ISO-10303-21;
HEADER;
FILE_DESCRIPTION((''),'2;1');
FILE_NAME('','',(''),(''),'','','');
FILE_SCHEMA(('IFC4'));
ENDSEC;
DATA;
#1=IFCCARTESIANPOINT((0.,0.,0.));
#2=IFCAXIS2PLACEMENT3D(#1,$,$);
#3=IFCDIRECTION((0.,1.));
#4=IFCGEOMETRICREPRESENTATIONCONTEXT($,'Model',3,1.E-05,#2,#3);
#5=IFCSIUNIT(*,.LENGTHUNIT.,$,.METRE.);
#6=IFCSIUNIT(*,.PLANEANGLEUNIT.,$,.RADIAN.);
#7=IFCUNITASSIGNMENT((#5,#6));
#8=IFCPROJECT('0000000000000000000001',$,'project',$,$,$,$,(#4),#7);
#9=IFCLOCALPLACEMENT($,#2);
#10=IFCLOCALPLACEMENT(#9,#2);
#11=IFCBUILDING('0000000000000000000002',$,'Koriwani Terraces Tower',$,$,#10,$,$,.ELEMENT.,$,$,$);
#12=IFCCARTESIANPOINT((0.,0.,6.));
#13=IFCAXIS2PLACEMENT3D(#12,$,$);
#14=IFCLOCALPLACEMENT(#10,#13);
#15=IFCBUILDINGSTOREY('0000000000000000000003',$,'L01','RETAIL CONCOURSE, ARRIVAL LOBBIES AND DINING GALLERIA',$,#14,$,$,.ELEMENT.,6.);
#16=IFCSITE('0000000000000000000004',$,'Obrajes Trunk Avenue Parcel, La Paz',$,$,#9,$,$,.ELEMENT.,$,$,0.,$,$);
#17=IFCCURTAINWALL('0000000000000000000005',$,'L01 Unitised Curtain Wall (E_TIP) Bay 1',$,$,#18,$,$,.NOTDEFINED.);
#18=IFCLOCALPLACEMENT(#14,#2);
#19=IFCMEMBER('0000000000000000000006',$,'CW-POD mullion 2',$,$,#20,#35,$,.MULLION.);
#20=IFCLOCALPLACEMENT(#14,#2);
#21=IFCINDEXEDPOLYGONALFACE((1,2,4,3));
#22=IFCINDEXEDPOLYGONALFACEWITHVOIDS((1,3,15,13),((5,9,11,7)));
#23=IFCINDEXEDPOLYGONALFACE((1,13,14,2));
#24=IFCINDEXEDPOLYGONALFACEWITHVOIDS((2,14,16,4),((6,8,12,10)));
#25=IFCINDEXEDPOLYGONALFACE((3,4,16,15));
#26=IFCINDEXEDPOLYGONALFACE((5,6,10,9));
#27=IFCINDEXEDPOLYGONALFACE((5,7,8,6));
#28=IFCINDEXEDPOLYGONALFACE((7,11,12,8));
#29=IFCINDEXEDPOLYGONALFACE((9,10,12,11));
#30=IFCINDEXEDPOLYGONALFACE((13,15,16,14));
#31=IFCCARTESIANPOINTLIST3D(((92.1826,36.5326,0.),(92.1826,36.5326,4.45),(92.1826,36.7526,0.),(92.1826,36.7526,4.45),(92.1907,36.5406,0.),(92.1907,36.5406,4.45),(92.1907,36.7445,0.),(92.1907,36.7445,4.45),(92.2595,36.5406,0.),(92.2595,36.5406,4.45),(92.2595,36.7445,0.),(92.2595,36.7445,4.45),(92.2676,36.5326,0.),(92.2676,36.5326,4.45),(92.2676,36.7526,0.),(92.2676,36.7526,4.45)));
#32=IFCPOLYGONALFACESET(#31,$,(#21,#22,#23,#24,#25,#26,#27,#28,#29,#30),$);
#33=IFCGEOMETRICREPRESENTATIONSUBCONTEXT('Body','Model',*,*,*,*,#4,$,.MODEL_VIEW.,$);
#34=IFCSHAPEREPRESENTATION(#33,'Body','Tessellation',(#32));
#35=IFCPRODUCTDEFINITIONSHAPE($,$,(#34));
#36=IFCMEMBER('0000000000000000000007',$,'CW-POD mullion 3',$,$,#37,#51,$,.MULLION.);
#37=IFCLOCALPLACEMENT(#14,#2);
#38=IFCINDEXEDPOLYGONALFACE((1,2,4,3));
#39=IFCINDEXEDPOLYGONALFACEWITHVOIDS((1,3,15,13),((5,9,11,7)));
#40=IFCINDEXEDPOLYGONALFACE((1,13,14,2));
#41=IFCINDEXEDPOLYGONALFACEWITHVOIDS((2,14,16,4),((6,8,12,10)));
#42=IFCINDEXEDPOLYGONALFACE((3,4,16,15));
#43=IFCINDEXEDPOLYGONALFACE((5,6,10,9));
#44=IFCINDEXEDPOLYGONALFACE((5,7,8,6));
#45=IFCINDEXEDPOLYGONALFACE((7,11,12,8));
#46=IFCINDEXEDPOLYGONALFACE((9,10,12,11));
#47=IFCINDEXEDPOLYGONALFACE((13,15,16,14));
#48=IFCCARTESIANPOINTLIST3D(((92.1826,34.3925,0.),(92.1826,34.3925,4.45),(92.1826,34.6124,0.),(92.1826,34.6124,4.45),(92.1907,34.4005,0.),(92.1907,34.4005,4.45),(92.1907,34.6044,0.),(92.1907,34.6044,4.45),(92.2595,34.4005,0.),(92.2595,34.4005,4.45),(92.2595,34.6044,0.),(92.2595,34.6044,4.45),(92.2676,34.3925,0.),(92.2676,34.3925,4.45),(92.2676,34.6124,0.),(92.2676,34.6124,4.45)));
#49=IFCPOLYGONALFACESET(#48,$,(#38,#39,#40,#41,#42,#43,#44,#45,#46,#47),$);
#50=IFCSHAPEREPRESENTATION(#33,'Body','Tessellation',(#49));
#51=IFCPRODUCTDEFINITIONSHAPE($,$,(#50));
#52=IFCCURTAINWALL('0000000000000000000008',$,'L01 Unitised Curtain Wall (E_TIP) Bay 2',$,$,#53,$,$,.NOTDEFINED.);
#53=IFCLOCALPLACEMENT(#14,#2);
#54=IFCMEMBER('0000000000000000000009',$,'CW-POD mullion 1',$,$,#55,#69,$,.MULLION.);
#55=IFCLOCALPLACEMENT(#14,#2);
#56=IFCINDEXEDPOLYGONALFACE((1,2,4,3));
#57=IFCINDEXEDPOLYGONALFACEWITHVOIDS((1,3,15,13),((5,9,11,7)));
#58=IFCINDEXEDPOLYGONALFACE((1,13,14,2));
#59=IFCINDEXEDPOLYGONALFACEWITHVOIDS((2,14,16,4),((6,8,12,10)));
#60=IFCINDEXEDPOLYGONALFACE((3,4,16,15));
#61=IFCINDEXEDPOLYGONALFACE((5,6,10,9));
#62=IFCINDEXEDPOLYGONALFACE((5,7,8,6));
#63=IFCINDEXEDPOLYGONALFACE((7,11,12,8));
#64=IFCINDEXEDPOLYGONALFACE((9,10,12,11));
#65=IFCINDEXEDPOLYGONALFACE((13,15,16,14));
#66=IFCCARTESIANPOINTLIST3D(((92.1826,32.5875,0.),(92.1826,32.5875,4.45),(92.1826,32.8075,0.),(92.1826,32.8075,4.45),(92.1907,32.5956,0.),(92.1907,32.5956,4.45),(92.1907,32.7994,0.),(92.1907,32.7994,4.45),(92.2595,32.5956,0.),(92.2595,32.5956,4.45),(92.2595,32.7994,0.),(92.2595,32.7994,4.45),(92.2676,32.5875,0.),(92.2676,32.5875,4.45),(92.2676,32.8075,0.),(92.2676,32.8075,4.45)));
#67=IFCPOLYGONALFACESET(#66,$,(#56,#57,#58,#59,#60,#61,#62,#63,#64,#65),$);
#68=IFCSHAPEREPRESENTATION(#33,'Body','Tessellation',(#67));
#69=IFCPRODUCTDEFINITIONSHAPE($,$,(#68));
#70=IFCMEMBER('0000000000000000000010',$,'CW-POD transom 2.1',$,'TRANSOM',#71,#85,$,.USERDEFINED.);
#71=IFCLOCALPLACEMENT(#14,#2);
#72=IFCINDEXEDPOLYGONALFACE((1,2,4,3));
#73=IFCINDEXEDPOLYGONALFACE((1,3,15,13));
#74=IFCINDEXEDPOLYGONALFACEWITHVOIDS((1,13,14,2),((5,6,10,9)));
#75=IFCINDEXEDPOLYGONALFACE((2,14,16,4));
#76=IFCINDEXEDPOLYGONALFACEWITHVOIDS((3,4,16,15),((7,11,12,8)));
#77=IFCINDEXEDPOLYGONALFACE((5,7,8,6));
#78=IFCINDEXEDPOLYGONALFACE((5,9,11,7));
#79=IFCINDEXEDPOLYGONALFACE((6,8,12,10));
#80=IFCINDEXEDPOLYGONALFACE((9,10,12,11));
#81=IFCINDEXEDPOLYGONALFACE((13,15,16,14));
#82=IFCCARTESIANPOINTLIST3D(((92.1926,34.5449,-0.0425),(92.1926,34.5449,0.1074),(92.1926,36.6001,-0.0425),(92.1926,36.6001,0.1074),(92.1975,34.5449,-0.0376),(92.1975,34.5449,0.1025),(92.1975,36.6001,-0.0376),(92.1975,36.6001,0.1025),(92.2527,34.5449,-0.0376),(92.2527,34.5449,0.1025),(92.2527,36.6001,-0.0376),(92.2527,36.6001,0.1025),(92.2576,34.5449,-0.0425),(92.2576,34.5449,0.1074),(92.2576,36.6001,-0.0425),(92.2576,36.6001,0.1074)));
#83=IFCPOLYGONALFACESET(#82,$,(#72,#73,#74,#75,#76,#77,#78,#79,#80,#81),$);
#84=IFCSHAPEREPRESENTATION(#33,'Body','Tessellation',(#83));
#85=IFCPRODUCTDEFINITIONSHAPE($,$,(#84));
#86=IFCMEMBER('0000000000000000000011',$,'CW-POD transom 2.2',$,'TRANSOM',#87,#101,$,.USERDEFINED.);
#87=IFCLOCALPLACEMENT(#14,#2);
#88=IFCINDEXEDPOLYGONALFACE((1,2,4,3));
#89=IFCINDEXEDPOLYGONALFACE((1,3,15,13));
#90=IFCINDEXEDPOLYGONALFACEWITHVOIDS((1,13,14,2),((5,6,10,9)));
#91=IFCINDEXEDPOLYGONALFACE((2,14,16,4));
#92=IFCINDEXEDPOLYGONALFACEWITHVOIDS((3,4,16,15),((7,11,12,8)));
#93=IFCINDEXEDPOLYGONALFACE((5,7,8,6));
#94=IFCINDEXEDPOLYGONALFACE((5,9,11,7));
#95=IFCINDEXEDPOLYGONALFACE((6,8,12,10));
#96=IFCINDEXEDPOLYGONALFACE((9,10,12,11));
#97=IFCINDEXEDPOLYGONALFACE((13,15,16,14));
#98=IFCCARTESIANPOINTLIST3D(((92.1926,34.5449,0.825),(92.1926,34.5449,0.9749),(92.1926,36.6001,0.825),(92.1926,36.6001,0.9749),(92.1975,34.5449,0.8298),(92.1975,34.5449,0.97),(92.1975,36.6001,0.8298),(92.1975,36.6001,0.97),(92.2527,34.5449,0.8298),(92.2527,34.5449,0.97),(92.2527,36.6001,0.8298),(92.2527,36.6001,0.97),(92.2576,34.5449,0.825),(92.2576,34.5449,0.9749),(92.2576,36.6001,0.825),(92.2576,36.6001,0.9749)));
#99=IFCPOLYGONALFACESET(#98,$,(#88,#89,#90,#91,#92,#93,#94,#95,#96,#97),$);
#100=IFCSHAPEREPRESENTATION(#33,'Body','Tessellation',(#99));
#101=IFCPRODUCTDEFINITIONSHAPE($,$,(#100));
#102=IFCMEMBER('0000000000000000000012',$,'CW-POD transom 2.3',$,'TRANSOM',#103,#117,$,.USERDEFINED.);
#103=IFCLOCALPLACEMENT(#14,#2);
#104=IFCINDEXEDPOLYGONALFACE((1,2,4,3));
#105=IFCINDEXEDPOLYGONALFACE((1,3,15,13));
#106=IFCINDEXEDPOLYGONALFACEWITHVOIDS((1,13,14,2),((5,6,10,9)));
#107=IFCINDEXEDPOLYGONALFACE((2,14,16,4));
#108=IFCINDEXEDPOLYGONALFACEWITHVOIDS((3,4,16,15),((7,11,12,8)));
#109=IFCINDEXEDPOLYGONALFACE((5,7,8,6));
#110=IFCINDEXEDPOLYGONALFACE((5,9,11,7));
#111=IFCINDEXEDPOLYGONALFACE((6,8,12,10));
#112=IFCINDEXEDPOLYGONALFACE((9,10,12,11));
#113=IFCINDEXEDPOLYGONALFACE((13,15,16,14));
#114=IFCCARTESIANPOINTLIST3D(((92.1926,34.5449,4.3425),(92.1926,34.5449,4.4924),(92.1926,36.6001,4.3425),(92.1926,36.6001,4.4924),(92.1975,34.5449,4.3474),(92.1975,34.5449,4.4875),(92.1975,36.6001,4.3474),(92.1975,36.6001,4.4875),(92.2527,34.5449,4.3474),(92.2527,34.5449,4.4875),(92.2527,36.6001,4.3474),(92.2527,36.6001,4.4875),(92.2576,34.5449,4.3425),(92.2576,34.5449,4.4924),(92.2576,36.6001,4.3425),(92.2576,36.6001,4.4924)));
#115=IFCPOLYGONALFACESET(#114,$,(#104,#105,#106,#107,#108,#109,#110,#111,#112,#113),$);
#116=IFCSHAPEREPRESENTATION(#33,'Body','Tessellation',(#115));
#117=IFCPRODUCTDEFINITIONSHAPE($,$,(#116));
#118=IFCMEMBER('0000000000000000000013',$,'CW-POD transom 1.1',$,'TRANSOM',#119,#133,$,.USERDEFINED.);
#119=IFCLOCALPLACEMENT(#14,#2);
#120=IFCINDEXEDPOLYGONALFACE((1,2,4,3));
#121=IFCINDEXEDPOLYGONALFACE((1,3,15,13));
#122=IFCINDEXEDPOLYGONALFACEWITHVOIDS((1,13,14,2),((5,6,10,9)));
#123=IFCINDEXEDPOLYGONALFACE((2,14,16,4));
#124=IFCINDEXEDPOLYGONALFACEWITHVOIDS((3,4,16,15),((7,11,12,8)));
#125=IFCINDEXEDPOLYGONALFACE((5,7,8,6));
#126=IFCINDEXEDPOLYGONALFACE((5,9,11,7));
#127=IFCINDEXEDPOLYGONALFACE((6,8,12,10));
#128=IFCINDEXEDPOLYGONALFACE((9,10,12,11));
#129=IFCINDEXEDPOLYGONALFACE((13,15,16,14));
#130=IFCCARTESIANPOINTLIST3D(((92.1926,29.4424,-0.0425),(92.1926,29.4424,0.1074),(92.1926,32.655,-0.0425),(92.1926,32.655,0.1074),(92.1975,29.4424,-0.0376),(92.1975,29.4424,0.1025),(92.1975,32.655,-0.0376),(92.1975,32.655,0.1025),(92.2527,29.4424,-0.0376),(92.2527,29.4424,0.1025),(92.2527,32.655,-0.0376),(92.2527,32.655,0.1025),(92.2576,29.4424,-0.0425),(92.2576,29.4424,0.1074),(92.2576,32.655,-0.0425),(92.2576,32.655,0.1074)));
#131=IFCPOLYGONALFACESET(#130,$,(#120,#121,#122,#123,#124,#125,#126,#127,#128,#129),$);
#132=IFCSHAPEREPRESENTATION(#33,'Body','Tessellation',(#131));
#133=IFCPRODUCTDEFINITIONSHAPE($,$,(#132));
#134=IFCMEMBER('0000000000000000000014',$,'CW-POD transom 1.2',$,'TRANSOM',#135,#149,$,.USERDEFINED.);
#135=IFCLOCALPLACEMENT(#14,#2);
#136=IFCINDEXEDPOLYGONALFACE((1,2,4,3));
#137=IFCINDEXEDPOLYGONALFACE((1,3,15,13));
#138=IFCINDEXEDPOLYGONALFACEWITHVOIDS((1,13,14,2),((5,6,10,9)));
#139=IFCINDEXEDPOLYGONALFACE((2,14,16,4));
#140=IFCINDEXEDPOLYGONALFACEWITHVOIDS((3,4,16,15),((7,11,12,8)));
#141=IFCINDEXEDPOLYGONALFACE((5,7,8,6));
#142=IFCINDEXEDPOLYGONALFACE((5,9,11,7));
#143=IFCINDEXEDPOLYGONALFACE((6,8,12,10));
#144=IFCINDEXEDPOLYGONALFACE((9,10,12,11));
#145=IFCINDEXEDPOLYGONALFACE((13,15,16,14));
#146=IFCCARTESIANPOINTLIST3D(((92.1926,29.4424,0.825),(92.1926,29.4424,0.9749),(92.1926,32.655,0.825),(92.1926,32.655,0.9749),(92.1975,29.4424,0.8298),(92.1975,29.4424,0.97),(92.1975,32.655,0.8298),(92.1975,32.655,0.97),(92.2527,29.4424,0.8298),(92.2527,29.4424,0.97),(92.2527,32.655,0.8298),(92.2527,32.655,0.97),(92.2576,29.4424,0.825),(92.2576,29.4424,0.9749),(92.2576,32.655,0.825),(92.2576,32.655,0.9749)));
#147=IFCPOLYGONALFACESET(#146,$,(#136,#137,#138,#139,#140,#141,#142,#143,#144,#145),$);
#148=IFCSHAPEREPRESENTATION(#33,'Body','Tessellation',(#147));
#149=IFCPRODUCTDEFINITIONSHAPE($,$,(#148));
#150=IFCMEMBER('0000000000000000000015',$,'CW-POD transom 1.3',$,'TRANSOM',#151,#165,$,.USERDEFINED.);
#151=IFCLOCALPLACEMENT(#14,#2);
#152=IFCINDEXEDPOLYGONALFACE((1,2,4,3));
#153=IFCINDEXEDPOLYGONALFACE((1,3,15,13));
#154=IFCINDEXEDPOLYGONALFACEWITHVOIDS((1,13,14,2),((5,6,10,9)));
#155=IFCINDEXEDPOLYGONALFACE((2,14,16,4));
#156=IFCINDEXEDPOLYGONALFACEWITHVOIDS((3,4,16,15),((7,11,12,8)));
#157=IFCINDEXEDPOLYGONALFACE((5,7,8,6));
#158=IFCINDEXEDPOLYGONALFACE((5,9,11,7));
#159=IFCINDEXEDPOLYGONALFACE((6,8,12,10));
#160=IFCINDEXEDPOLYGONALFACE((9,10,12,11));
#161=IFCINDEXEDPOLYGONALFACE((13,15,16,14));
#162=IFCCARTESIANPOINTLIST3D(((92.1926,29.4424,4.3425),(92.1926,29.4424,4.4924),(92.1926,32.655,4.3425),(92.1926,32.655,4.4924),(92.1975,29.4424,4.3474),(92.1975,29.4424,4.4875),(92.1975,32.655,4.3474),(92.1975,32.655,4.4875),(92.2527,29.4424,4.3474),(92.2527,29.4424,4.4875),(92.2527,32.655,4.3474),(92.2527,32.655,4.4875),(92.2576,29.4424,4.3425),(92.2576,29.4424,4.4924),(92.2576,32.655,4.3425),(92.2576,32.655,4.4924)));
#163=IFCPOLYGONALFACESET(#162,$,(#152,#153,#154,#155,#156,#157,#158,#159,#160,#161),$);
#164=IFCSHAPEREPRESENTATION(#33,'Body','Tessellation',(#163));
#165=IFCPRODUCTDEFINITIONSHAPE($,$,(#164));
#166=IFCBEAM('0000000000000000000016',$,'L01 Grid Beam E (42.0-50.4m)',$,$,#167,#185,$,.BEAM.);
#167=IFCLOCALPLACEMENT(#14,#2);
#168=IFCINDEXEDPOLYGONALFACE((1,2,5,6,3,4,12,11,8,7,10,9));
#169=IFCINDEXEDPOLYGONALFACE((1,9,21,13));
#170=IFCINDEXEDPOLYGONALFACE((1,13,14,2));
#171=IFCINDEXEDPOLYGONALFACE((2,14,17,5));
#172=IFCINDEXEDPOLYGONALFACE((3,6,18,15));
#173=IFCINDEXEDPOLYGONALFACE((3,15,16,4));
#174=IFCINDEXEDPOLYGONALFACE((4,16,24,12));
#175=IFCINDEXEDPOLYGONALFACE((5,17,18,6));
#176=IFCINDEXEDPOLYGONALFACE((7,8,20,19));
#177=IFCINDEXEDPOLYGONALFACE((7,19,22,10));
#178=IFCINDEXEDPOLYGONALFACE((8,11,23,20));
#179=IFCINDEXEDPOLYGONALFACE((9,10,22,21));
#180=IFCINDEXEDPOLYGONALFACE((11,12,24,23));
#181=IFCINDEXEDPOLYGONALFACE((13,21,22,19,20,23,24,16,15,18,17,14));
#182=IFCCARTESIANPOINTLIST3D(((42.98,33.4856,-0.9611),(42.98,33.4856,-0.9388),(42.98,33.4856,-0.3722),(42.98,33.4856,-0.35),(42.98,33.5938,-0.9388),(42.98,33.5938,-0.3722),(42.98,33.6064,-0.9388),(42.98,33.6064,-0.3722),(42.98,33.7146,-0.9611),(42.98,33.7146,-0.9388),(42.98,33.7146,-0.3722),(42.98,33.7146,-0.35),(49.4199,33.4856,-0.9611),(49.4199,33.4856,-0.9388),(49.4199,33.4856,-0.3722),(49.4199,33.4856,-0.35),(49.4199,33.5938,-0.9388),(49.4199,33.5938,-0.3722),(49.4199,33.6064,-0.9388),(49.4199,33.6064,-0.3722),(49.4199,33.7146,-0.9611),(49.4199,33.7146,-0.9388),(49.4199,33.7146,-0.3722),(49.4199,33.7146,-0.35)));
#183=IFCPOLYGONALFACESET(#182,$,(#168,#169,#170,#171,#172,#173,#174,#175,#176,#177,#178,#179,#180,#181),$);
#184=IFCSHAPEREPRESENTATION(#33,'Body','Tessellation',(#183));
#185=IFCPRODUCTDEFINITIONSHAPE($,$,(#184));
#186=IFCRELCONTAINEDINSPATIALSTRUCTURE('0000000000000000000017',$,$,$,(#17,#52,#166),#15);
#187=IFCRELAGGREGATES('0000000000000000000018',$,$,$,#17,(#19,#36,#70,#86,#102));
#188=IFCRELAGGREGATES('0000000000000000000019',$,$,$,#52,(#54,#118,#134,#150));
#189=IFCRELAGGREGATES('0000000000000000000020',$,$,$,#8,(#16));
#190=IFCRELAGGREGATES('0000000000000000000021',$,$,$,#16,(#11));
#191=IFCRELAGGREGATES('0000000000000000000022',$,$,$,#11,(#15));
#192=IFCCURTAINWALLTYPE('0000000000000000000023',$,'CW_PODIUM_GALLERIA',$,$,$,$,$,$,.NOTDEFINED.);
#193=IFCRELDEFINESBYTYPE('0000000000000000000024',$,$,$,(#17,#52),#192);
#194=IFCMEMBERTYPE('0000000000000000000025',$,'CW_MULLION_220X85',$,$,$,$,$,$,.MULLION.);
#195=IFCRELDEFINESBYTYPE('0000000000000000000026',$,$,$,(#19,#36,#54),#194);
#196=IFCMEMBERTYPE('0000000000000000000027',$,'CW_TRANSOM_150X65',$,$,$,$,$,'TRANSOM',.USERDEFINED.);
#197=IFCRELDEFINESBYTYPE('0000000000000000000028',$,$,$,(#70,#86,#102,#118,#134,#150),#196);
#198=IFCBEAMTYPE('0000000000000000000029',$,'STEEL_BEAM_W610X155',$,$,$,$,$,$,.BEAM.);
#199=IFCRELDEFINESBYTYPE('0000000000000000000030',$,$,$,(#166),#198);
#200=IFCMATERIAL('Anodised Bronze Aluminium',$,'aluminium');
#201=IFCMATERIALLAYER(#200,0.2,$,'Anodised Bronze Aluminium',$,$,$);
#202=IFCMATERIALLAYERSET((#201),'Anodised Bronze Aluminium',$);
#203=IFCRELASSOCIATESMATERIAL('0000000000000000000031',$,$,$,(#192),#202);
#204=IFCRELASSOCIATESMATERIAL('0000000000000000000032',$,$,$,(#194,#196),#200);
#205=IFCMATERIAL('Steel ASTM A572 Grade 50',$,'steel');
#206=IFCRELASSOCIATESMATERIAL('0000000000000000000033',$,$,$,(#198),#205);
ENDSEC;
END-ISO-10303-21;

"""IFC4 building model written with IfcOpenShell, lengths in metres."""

from ifc_helpers import new_model, si_unit, direction, frame, origin, origin_2d, place, context, subcontext, project, spatial, hollow_rectangle, i_section, extrude, material, layer, layer_set, material_profile, profile_set, type_object, element, aggregate, save


model = new_model("IFC4")

# Units and contexts
model_context = context("Model", 3, precision=1e-05, world=origin(), true_north=direction((0.0, 1.0)))
body_context = subcontext(model_context, "Body", "Model", "MODEL_VIEW")
ifc_project = project(units=[si_unit("LENGTHUNIT", "METRE"), si_unit("PLANEANGLEUNIT", "RADIAN")], contexts=[model_context])

# Site, building, storey
site_placement = place(None, origin())
site = spatial("IfcSite", under=ifc_project, at=site_placement, Name="Obrajes Trunk Avenue Parcel, La Paz", CompositionType="ELEMENT", RefElevation=0.0)
building_placement = place(site_placement, origin())
building = spatial("IfcBuilding", under=site, at=building_placement, Name="Koriwani Terraces Tower", CompositionType="ELEMENT")
storey_placement = place(building_placement, frame((0.0, 0.0, 6.0)))
storey = spatial("IfcBuildingStorey", under=building, at=storey_placement, Name="L01", Description="RETAIL CONCOURSE, ARRIVAL LOBBIES AND DINING GALLERIA", CompositionType="ELEMENT", Elevation=6.0)

# Curtain wall, members
ifc_material_1 = material(Name="Anodised Bronze Aluminium", Category="aluminium")
ifc_layer_1 = layer(ifc_material_1, 0.2, Name="Anodised Bronze Aluminium")
ifc_layer_set_1 = layer_set([ifc_layer_1], Name="Anodised Bronze Aluminium")
curtain_wall_type = type_object("IfcCurtainWallType", Name="CW_PODIUM_GALLERIA", PredefinedType="NOTDEFINED", material=ifc_layer_set_1)
curtain_wall_1_placement = place(storey_placement, origin())
curtain_wall_1 = element("IfcCurtainWall", 1, at=curtain_wall_1_placement, inside=storey, type_object=curtain_wall_type, Name="L01 Unitised Curtain Wall (E_TIP) Bay 1", PredefinedType="NOTDEFINED")
ifc_material_profile_1 = material_profile(ifc_material_1, hollow_rectangle(XDim=0.085, YDim=0.22, WallThickness=0.0081, at=origin_2d()), Name="Anodised Bronze Aluminium", Category="LoadBearing")
ifc_profile_set_1 = profile_set([ifc_material_profile_1], Name="Anodised Bronze Aluminium")
member_type_1 = type_object("IfcMemberType", Name="CW_MULLION_220X85", PredefinedType="MULLION", material=ifc_profile_set_1)
member_1_placement = place(storey_placement, frame((92.2251, 36.6426, 0.0), z_axis=(0.0, 0.0, 1.0), x_axis=(1.0, 0.0, 0.0)))
member_1 = element("IfcMember", 2, at=member_1_placement, type_object=member_type_1, Name="CW-POD mullion 2", PredefinedType="MULLION", context=body_context, shape_type="SweptSolid", body=[
    extrude(hollow_rectangle(XDim=0.085, YDim=0.22, WallThickness=0.0081, at=origin_2d()), origin(), (0.0, 0.0, 1.0), 4.45),
])
member_2_placement = place(storey_placement, frame((92.2251, 34.5024, 0.0), z_axis=(0.0, 0.0, 1.0), x_axis=(1.0, 0.0, 0.0)))
member_2 = element("IfcMember", 3, at=member_2_placement, type_object=member_type_1, Name="CW-POD mullion 3", PredefinedType="MULLION", context=body_context, shape_type="SweptSolid", body=[
    extrude(hollow_rectangle(XDim=0.085, YDim=0.22, WallThickness=0.0081, at=origin_2d()), origin(), (0.0, 0.0, 1.0), 4.45),
])

# Curtain wall, member
curtain_wall_2_placement = place(storey_placement, origin())
curtain_wall_2 = element("IfcCurtainWall", 4, at=curtain_wall_2_placement, inside=storey, type_object=curtain_wall_type, Name="L01 Unitised Curtain Wall (E_TIP) Bay 2", PredefinedType="NOTDEFINED")
member_3_placement = place(storey_placement, frame((92.2251, 32.6975, 0.0), z_axis=(0.0, 0.0, 1.0), x_axis=(1.0, 0.0, 0.0)))
member_3 = element("IfcMember", 5, at=member_3_placement, type_object=member_type_1, Name="CW-POD mullion 1", PredefinedType="MULLION", context=body_context, shape_type="SweptSolid", body=[
    extrude(hollow_rectangle(XDim=0.085, YDim=0.22, WallThickness=0.0081, at=origin_2d()), origin(), (0.0, 0.0, 1.0), 4.45),
])

# Members
ifc_material_profile_2 = material_profile(ifc_material_1, hollow_rectangle(XDim=0.0649, YDim=0.1499, WallThickness=0.0049, at=origin_2d()), Name="Anodised Bronze Aluminium", Category="LoadBearing")
ifc_profile_set_2 = profile_set([ifc_material_profile_2], Name="Anodised Bronze Aluminium")
member_type_2 = type_object("IfcMemberType", Name="CW_TRANSOM_150X65", ElementType="TRANSOM", PredefinedType="USERDEFINED", material=ifc_profile_set_2)
member_4_placement = place(storey_placement, frame((92.2251, 36.6001, 0.0325), z_axis=(0.0, -1.0, 0.0), x_axis=(1.0, 0.0, 0.0)))
member_4 = element("IfcMember", 6, at=member_4_placement, type_object=member_type_2, Name="CW-POD transom 2.1", ObjectType="TRANSOM", PredefinedType="USERDEFINED", context=body_context, shape_type="SweptSolid", body=[
    extrude(hollow_rectangle(XDim=0.0649, YDim=0.1499, WallThickness=0.0049, at=origin_2d()), origin(), (0.0, 0.0, 1.0), 2.0552),
])
member_5_placement = place(storey_placement, frame((92.2251, 36.6001, 0.8999), z_axis=(0.0, -1.0, 0.0), x_axis=(1.0, 0.0, 0.0)))
member_5 = element("IfcMember", 7, at=member_5_placement, type_object=member_type_2, Name="CW-POD transom 2.2", ObjectType="TRANSOM", PredefinedType="USERDEFINED", context=body_context, shape_type="SweptSolid", body=[
    extrude(hollow_rectangle(XDim=0.0649, YDim=0.1499, WallThickness=0.0049, at=origin_2d()), origin(), (0.0, 0.0, 1.0), 2.0552),
])
member_6_placement = place(storey_placement, frame((92.2251, 36.6001, 4.4175), z_axis=(0.0, -1.0, 0.0), x_axis=(1.0, 0.0, 0.0)))
member_6 = element("IfcMember", 8, at=member_6_placement, type_object=member_type_2, Name="CW-POD transom 2.3", ObjectType="TRANSOM", PredefinedType="USERDEFINED", context=body_context, shape_type="SweptSolid", body=[
    extrude(hollow_rectangle(XDim=0.0649, YDim=0.1499, WallThickness=0.0049, at=origin_2d()), origin(), (0.0, 0.0, 1.0), 2.0552),
])
member_7_placement = place(storey_placement, frame((92.2251, 32.655, 0.0325), z_axis=(0.0, -1.0, 0.0), x_axis=(1.0, 0.0, 0.0)))
member_7 = element("IfcMember", 9, at=member_7_placement, type_object=member_type_2, Name="CW-POD transom 1.1", ObjectType="TRANSOM", PredefinedType="USERDEFINED", context=body_context, shape_type="SweptSolid", body=[
    extrude(hollow_rectangle(XDim=0.0649, YDim=0.1499, WallThickness=0.0049, at=origin_2d()), origin(), (0.0, 0.0, 1.0), 3.2126),
])
member_8_placement = place(storey_placement, frame((92.2251, 32.655, 0.8999), z_axis=(0.0, -1.0, 0.0), x_axis=(1.0, 0.0, 0.0)))
member_8 = element("IfcMember", 10, at=member_8_placement, type_object=member_type_2, Name="CW-POD transom 1.2", ObjectType="TRANSOM", PredefinedType="USERDEFINED", context=body_context, shape_type="SweptSolid", body=[
    extrude(hollow_rectangle(XDim=0.0649, YDim=0.1499, WallThickness=0.0049, at=origin_2d()), origin(), (0.0, 0.0, 1.0), 3.2126),
])
member_9_placement = place(storey_placement, frame((92.2251, 32.655, 4.4175), z_axis=(0.0, -1.0, 0.0), x_axis=(1.0, 0.0, 0.0)))
member_9 = element("IfcMember", 11, at=member_9_placement, type_object=member_type_2, Name="CW-POD transom 1.3", ObjectType="TRANSOM", PredefinedType="USERDEFINED", context=body_context, shape_type="SweptSolid", body=[
    extrude(hollow_rectangle(XDim=0.0649, YDim=0.1499, WallThickness=0.0049, at=origin_2d()), origin(), (0.0, 0.0, 1.0), 3.2126),
])

# Beam
ifc_material_2 = material(Name="Steel ASTM A572 Grade 50", Category="steel")
ifc_material_profile_3 = material_profile(ifc_material_2, i_section(OverallWidth=0.229, OverallDepth=0.6111, WebThickness=0.0127, FlangeThickness=0.0222, at=origin_2d()), Name="Steel ASTM A572 Grade 50", Category="LoadBearing")
ifc_profile_set_3 = profile_set([ifc_material_profile_3], Name="Steel ASTM A572 Grade 50")
beam_type_1 = type_object("IfcBeamType", Name="STEEL_BEAM_W610X155", PredefinedType="BEAM", material=ifc_profile_set_3)
beam_1_placement = place(storey_placement, frame((42.98, 33.6001, -0.6555), z_axis=(1.0, 0.0, 0.0), x_axis=(0.0, 1.0, 0.0)))
element("IfcBeam", 12, at=beam_1_placement, inside=storey, type_object=beam_type_1, Name="L01 Grid Beam E (42.0-50.4m)", PredefinedType="BEAM", context=body_context, shape_type="SweptSolid", body=[
    extrude(i_section(OverallWidth=0.229, OverallDepth=0.6111, WebThickness=0.0127, FlangeThickness=0.0222, at=origin_2d()), origin(), (0.0, 0.0, 1.0), 6.4399),
])

aggregate(curtain_wall_1, [member_1, member_2, member_4, member_5, member_6])
aggregate(curtain_wall_2, [member_3, member_7, member_8, member_9])

save(model, "model.ifc")
